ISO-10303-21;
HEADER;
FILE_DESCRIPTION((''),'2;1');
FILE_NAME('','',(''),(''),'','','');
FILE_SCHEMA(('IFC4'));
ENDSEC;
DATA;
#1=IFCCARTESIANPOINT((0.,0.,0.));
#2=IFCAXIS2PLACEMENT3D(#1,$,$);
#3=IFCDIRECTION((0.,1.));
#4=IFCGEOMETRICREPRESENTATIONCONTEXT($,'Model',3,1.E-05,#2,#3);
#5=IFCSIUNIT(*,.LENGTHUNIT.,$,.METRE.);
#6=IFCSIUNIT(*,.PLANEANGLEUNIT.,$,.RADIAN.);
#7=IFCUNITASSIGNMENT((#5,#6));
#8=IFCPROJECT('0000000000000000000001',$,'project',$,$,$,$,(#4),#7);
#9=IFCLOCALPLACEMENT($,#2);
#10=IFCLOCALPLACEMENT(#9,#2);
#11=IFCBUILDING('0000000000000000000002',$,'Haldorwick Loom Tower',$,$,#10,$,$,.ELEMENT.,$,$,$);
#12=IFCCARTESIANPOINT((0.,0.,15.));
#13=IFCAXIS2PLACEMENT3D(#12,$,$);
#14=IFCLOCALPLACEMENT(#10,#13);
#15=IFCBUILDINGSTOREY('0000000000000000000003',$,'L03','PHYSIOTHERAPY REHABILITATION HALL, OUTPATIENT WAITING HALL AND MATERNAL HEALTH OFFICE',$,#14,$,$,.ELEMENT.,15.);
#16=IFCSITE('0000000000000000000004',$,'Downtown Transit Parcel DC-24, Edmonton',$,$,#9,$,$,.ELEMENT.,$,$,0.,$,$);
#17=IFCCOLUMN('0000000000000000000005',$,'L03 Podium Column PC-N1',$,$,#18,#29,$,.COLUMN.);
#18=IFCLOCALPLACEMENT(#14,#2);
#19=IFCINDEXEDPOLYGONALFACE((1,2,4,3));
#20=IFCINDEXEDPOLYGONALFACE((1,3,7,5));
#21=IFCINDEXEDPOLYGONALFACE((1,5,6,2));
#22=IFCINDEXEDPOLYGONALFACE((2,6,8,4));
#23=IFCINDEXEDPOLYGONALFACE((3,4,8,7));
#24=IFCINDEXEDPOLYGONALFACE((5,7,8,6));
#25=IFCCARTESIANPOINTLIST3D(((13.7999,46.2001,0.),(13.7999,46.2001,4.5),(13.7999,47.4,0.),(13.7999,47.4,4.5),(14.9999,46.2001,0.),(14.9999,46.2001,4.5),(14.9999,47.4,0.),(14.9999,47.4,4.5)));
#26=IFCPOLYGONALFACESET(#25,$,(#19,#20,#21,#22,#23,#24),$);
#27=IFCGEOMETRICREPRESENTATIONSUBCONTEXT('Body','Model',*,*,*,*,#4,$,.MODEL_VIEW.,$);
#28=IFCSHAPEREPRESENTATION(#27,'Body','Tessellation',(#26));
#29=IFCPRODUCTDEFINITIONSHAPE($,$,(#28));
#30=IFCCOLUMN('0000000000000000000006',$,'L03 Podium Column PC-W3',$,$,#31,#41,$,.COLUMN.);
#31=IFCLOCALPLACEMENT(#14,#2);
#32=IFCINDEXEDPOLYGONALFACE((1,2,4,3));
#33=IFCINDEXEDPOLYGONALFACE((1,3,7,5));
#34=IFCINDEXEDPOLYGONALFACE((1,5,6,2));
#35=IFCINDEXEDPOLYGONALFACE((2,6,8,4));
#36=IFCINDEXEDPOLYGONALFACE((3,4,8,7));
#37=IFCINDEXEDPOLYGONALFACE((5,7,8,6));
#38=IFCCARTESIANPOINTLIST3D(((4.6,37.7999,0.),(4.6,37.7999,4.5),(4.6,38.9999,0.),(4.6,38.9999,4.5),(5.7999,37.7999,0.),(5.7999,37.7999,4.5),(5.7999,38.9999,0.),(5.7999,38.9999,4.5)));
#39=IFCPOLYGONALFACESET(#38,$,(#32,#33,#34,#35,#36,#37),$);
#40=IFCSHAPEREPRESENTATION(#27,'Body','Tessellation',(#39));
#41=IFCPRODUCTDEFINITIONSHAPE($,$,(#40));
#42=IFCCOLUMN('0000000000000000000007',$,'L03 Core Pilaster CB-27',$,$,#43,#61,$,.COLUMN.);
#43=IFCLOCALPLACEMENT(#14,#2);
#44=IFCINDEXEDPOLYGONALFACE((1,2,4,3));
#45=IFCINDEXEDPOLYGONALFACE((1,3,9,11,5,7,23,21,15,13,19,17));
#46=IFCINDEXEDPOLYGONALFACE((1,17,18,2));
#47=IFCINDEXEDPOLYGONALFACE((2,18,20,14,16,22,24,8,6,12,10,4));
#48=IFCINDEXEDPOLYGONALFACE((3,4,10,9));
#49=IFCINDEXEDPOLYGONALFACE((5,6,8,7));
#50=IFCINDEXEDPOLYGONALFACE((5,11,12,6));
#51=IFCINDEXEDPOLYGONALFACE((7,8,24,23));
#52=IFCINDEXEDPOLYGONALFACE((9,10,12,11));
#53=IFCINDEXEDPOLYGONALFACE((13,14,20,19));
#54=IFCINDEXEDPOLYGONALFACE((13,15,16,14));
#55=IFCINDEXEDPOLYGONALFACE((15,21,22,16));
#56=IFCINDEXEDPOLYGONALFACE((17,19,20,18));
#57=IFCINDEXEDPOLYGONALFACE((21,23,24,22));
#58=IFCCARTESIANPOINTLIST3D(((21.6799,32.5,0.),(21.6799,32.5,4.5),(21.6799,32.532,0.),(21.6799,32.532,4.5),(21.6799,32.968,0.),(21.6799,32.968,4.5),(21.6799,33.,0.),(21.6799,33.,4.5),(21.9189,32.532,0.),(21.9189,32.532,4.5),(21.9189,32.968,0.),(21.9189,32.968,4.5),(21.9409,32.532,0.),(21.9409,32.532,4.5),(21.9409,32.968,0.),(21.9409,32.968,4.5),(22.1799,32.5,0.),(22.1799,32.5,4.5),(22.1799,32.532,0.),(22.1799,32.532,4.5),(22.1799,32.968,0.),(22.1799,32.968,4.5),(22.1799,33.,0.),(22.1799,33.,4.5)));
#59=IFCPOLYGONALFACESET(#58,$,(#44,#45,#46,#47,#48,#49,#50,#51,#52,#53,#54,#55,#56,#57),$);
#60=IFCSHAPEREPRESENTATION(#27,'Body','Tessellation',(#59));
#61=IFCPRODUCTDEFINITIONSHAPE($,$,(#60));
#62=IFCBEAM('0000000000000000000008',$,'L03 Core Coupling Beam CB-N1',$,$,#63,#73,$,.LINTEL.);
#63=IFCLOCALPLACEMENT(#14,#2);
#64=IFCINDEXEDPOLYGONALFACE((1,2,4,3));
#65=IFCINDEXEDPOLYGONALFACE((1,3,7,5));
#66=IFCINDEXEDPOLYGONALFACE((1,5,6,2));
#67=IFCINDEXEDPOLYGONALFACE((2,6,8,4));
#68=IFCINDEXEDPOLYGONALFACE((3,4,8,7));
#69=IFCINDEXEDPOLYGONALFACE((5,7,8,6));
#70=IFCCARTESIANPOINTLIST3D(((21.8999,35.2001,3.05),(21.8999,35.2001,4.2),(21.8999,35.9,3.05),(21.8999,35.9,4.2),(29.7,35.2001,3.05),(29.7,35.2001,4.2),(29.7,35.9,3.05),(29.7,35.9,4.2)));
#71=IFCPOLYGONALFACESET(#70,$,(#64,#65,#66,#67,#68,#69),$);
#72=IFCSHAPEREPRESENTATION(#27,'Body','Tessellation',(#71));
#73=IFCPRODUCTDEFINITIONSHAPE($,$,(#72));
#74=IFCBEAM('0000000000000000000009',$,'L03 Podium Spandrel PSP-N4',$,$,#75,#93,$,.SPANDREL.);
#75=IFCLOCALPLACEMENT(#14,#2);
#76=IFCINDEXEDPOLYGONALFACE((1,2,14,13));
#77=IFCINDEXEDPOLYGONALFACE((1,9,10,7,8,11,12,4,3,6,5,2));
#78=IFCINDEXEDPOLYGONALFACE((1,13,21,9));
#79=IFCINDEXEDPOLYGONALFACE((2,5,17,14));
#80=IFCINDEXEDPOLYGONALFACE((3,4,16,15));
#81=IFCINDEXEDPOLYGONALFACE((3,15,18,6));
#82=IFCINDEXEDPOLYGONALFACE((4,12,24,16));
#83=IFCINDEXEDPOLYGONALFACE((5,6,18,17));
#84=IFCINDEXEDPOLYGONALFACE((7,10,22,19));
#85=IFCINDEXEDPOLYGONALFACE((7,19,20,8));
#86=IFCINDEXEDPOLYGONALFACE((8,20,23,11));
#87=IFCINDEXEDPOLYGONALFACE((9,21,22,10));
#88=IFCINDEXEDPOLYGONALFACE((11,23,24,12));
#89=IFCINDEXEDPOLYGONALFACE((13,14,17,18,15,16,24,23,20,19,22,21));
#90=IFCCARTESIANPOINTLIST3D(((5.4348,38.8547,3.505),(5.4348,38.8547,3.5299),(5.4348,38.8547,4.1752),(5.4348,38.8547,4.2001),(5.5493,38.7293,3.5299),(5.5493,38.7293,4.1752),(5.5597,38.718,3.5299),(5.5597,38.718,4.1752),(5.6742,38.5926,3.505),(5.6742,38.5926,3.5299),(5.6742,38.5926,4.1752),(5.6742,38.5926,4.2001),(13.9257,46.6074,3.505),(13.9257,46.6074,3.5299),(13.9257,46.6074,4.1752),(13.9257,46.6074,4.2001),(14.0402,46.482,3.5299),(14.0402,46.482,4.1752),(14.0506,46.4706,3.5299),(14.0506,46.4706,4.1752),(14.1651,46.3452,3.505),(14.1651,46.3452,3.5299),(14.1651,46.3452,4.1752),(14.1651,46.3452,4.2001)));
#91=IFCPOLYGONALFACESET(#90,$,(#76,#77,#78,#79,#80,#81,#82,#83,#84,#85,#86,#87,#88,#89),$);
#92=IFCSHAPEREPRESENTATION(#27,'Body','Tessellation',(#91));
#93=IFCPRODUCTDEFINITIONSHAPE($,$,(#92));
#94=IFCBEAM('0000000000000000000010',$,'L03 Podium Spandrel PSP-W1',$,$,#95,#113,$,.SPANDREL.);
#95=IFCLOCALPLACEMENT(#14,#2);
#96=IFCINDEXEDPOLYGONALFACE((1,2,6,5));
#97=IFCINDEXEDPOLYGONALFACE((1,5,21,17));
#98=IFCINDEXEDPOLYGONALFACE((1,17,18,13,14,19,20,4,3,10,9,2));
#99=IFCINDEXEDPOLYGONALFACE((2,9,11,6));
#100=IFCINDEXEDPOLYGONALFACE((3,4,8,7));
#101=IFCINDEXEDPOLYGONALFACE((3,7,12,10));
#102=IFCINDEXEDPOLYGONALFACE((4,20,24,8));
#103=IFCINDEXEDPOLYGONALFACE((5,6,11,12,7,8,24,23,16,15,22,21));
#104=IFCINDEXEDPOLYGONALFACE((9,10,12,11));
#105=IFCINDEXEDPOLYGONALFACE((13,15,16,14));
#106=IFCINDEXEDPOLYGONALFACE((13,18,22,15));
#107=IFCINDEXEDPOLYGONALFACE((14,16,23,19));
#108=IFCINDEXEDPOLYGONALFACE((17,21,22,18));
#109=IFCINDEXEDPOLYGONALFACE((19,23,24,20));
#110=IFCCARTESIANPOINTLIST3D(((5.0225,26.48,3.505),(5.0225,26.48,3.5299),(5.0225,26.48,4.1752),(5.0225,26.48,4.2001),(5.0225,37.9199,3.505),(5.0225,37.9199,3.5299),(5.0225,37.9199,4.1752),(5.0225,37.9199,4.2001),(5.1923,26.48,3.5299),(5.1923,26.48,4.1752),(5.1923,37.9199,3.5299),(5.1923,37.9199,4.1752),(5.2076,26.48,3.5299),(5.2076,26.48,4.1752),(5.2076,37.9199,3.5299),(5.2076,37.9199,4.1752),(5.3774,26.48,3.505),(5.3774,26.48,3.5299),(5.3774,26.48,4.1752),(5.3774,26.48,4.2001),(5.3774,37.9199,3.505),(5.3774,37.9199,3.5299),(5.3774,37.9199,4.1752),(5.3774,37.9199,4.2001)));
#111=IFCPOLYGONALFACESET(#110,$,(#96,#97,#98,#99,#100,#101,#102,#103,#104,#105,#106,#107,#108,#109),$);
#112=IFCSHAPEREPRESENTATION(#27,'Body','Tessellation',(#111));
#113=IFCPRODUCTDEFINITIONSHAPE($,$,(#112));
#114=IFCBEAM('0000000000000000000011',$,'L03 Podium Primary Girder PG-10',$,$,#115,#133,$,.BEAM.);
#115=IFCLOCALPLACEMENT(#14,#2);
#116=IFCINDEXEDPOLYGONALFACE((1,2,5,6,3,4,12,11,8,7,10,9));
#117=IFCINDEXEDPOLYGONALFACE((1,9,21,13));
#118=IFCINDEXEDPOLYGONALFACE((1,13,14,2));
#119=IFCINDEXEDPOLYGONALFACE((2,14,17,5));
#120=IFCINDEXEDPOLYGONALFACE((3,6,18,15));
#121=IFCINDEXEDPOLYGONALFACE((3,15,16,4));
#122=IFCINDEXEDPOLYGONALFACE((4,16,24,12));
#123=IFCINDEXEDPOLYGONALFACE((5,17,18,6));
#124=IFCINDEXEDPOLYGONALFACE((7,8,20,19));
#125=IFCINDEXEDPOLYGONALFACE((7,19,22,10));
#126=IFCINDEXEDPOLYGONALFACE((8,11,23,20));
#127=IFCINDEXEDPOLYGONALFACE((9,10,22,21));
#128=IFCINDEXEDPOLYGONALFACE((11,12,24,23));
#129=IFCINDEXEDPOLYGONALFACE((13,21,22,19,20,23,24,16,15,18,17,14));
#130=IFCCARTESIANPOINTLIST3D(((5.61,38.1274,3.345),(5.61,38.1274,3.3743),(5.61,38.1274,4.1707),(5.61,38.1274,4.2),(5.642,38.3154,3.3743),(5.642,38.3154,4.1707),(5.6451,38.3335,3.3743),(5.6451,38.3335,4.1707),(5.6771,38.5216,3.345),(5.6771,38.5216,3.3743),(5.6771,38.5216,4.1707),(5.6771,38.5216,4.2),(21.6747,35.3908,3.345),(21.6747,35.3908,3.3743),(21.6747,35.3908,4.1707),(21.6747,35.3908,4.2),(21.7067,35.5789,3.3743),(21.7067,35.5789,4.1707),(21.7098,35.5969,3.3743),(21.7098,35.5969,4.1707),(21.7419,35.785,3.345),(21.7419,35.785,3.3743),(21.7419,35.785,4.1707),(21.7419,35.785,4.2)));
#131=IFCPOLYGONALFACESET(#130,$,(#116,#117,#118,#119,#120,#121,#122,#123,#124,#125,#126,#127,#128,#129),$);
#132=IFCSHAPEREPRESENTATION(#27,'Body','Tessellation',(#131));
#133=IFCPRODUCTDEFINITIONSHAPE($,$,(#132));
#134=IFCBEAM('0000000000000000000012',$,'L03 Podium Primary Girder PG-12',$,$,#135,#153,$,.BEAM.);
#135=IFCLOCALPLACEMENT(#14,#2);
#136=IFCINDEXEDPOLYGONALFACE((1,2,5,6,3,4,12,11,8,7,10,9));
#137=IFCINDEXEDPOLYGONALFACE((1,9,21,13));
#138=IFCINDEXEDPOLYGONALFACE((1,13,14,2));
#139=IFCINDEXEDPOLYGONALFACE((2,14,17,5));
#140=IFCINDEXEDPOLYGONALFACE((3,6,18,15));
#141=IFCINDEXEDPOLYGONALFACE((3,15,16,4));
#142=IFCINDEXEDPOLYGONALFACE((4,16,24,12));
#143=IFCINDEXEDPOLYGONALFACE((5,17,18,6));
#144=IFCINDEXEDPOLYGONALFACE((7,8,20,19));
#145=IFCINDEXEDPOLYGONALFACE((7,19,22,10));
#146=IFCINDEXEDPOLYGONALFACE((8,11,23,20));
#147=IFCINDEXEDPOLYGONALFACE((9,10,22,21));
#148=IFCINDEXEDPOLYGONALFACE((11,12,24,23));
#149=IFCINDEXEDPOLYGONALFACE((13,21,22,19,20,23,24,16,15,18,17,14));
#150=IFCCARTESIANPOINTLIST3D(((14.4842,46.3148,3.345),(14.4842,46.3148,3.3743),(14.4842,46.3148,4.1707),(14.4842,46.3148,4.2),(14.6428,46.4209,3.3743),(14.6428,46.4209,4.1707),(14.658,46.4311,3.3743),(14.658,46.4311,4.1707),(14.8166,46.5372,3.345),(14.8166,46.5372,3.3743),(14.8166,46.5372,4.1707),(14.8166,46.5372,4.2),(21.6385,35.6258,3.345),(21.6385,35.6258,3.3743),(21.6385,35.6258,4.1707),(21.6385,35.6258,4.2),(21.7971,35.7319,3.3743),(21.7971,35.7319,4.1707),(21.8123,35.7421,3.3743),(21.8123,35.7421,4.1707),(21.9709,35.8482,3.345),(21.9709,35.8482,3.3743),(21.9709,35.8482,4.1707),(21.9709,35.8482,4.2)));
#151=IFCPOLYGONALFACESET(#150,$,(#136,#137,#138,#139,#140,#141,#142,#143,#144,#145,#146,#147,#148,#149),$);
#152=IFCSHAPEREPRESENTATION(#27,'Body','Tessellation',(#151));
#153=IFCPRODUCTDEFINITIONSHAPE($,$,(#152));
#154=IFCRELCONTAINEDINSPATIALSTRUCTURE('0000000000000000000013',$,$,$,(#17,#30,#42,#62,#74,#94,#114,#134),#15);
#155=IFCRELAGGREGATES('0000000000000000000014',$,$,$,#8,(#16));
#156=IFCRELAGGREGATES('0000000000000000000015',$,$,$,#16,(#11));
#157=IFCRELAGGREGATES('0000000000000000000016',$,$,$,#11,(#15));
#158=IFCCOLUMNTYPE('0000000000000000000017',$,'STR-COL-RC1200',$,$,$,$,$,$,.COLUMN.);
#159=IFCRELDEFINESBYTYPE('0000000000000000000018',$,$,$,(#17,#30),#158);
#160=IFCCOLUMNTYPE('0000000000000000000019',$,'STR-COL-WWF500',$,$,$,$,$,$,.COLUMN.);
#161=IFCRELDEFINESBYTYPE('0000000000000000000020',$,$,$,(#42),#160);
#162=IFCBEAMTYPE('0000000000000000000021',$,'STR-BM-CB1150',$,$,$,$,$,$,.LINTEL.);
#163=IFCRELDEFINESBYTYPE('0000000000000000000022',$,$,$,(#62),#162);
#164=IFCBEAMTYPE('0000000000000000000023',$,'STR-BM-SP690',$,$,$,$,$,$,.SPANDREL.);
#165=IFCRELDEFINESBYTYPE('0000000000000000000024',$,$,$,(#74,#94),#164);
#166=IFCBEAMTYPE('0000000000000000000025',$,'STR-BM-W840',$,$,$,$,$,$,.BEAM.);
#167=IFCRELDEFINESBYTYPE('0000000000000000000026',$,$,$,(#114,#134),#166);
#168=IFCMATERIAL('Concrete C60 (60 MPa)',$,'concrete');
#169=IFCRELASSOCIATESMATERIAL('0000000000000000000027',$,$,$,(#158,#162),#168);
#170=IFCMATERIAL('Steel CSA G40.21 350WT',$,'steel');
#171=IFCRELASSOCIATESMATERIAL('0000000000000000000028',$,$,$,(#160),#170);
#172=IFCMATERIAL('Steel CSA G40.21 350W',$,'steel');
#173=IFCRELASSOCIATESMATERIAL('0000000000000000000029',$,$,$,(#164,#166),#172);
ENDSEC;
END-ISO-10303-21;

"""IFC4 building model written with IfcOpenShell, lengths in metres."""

from ifc_helpers import new_model, si_unit, direction, frame, origin, origin_2d, place, context, subcontext, project, spatial, rectangle, i_section, extrude, material, material_profile, profile_set, type_object, element, save


model = new_model("IFC4")

# Units and contexts
model_context = context("Model", 3, precision=1e-05, world=origin(), true_north=direction((0.0, 1.0)))
body_context = subcontext(model_context, "Body", "Model", "MODEL_VIEW")
ifc_project = project(units=[si_unit("LENGTHUNIT", "METRE"), si_unit("PLANEANGLEUNIT", "RADIAN")], contexts=[model_context])

# Site, building, storey
site_placement = place(None, origin())
site = spatial("IfcSite", under=ifc_project, at=site_placement, Name="Downtown Transit Parcel DC-24, Edmonton", CompositionType="ELEMENT", RefElevation=0.0)
building_placement = place(site_placement, origin())
building = spatial("IfcBuilding", under=site, at=building_placement, Name="Haldorwick Loom Tower", CompositionType="ELEMENT")
storey_placement = place(building_placement, frame((0.0, 0.0, 15.0)))
storey = spatial("IfcBuildingStorey", under=building, at=storey_placement, Name="L03", Description="PHYSIOTHERAPY REHABILITATION HALL, OUTPATIENT WAITING HALL AND MATERNAL HEALTH OFFICE", CompositionType="ELEMENT", Elevation=15.0)

# Columns
ifc_material_1 = material(Name="Concrete C60 (60 MPa)", Category="concrete")
ifc_material_profile_1 = material_profile(ifc_material_1, rectangle(XDim=1.2, YDim=1.2, at=origin_2d()), Name="RC1200X1200", Category="concrete")
ifc_profile_set_1 = profile_set([ifc_material_profile_1], Name="Concrete C60 (60 MPa)")
column_type_1 = type_object("IfcColumnType", Name="STR-COL-RC1200", PredefinedType="COLUMN", material=ifc_profile_set_1)
for number, where, z_axis, x_axis, name in (
    (1, (14.3999, 46.8, 0.0), (0.0, 0.0, 1.0), (1.0, 0.0, 0.0), "L03 Podium Column PC-N1"),
    (2, (5.2, 38.3999, 0.0), (0.0, 0.0, 1.0), (1.0, 0.0, 0.0), "L03 Podium Column PC-W3"),
):
    element("IfcColumn", number, at=place(storey_placement, frame(where, z_axis=z_axis, x_axis=x_axis)), inside=storey, type_object=column_type_1, Name=name, PredefinedType="COLUMN", context=body_context, shape_type="SweptSolid", body=[
        extrude(rectangle(XDim=1.2, YDim=1.2, at=origin_2d()), origin(), (0.0, 0.0, 1.0), 4.5),
    ])
ifc_material_2 = material(Name="Steel CSA G40.21 350WT", Category="steel")
ifc_material_profile_2 = material_profile(ifc_material_2, i_section(OverallWidth=0.5, OverallDepth=0.5, WebThickness=0.022, FlangeThickness=0.032, at=origin_2d()), Name="WWF500X500", Category="steel")
ifc_profile_set_2 = profile_set([ifc_material_profile_2], Name="Steel CSA G40.21 350WT")
column_type_2 = type_object("IfcColumnType", Name="STR-COL-WWF500", PredefinedType="COLUMN", material=ifc_profile_set_2)
column_placement = place(storey_placement, frame((21.9299, 32.75, 0.0), z_axis=(0.0, 0.0, 1.0), x_axis=(1.0, 0.0, 0.0)))
element("IfcColumn", 3, at=column_placement, inside=storey, type_object=column_type_2, Name="L03 Core Pilaster CB-27", PredefinedType="COLUMN", context=body_context, shape_type="SweptSolid", body=[
    extrude(i_section(OverallWidth=0.5, OverallDepth=0.5, WebThickness=0.022, FlangeThickness=0.032, at=origin_2d()), origin(), (0.0, 0.0, 1.0), 4.5),
])

# Beams
ifc_material_profile_3 = material_profile(ifc_material_1, rectangle(XDim=0.7, YDim=1.1499, at=origin_2d()), Name="RC700X1150", Category="concrete")
ifc_profile_set_3 = profile_set([ifc_material_profile_3], Name="Concrete C60 (60 MPa)")
beam_type_1 = type_object("IfcBeamType", Name="STR-BM-CB1150", PredefinedType="LINTEL", material=ifc_profile_set_3)
beam_1_placement = place(storey_placement, frame((21.8999, 35.55, 3.625), z_axis=(1.0, 0.0, 0.0), x_axis=(0.0, 1.0, 0.0)))
element("IfcBeam", 4, at=beam_1_placement, inside=storey, type_object=beam_type_1, Name="L03 Core Coupling Beam CB-N1", PredefinedType="LINTEL", context=body_context, shape_type="SweptSolid", body=[
    extrude(rectangle(XDim=0.7, YDim=1.1499, at=origin_2d()), origin(), (0.0, 0.0, 1.0), 7.8),
])
ifc_material_3 = material(Name="Steel CSA G40.21 350W", Category="steel")
ifc_material_profile_4 = material_profile(ifc_material_3, i_section(OverallWidth=0.355, OverallDepth=0.6951, WebThickness=0.0154, FlangeThickness=0.0249, at=origin_2d()), Name="W690X217", Category="steel")
ifc_profile_set_4 = profile_set([ifc_material_profile_4], Name="Steel CSA G40.21 350W")
beam_type_2 = type_object("IfcBeamType", Name="STR-BM-SP690", PredefinedType="SPANDREL", material=ifc_profile_set_4)
beam_2_placement = place(storey_placement, frame((14.0454, 46.4763, 3.8525), z_axis=(-0.738483, -0.674272, 0.0), x_axis=(0.674272, -0.738483, 0.0)))
element("IfcBeam", 5, at=beam_2_placement, inside=storey, type_object=beam_type_2, Name="L03 Podium Spandrel PSP-N4", PredefinedType="SPANDREL", context=body_context, shape_type="SweptSolid", body=[
    extrude(i_section(OverallWidth=0.355, OverallDepth=0.6951, WebThickness=0.0154, FlangeThickness=0.0249, at=origin_2d()), origin(), (0.0, 0.0, 1.0), 11.4978),
])
beam_3_placement = place(storey_placement, frame((5.2, 37.9199, 3.8525), z_axis=(0.0, -1.0, 0.0), x_axis=(1.0, 0.0, 0.0)))
element("IfcBeam", 6, at=beam_3_placement, inside=storey, type_object=beam_type_2, Name="L03 Podium Spandrel PSP-W1", PredefinedType="SPANDREL", context=body_context, shape_type="SweptSolid", body=[
    extrude(i_section(OverallWidth=0.355, OverallDepth=0.6951, WebThickness=0.0154, FlangeThickness=0.0249, at=origin_2d()), origin(), (0.0, 0.0, 1.0), 11.4399),
])
ifc_material_profile_5 = material_profile(ifc_material_3, i_section(OverallWidth=0.3999, OverallDepth=0.855, WebThickness=0.0183, FlangeThickness=0.0293, at=origin_2d()), Name="W840X299", Category="steel")
ifc_profile_set_5 = profile_set([ifc_material_profile_5], Name="Steel CSA G40.21 350W")
beam_type_3 = type_object("IfcBeamType", Name="STR-BM-W840", PredefinedType="BEAM", material=ifc_profile_set_5)
beam_4_placement = place(storey_placement, frame((5.6436, 38.3245, 3.7725), z_axis=(0.985799, -0.167928, 0.0), x_axis=(0.167928, 0.985799, 0.0)))
element("IfcBeam", 7, at=beam_4_placement, inside=storey, type_object=beam_type_3, Name="L03 Podium Primary Girder PG-10", PredefinedType="BEAM", context=body_context, shape_type="SweptSolid", body=[
    extrude(i_section(OverallWidth=0.3999, OverallDepth=0.855, WebThickness=0.0183, FlangeThickness=0.0293, at=origin_2d()), origin(), (0.0, 0.0, 1.0), 16.2961),
])
beam_5_placement = place(storey_placement, frame((14.6504, 46.426, 3.7725), z_axis=(0.556224, -0.831033, 0.0), x_axis=(0.831033, 0.556224, 0.0)))
element("IfcBeam", 8, at=beam_5_placement, inside=storey, type_object=beam_type_3, Name="L03 Podium Primary Girder PG-12", PredefinedType="BEAM", context=body_context, shape_type="SweptSolid", body=[
    extrude(i_section(OverallWidth=0.3999, OverallDepth=0.855, WebThickness=0.0183, FlangeThickness=0.0293, at=origin_2d()), origin(), (0.0, 0.0, 1.0), 12.8623),
])

save(model, "model.ifc")
